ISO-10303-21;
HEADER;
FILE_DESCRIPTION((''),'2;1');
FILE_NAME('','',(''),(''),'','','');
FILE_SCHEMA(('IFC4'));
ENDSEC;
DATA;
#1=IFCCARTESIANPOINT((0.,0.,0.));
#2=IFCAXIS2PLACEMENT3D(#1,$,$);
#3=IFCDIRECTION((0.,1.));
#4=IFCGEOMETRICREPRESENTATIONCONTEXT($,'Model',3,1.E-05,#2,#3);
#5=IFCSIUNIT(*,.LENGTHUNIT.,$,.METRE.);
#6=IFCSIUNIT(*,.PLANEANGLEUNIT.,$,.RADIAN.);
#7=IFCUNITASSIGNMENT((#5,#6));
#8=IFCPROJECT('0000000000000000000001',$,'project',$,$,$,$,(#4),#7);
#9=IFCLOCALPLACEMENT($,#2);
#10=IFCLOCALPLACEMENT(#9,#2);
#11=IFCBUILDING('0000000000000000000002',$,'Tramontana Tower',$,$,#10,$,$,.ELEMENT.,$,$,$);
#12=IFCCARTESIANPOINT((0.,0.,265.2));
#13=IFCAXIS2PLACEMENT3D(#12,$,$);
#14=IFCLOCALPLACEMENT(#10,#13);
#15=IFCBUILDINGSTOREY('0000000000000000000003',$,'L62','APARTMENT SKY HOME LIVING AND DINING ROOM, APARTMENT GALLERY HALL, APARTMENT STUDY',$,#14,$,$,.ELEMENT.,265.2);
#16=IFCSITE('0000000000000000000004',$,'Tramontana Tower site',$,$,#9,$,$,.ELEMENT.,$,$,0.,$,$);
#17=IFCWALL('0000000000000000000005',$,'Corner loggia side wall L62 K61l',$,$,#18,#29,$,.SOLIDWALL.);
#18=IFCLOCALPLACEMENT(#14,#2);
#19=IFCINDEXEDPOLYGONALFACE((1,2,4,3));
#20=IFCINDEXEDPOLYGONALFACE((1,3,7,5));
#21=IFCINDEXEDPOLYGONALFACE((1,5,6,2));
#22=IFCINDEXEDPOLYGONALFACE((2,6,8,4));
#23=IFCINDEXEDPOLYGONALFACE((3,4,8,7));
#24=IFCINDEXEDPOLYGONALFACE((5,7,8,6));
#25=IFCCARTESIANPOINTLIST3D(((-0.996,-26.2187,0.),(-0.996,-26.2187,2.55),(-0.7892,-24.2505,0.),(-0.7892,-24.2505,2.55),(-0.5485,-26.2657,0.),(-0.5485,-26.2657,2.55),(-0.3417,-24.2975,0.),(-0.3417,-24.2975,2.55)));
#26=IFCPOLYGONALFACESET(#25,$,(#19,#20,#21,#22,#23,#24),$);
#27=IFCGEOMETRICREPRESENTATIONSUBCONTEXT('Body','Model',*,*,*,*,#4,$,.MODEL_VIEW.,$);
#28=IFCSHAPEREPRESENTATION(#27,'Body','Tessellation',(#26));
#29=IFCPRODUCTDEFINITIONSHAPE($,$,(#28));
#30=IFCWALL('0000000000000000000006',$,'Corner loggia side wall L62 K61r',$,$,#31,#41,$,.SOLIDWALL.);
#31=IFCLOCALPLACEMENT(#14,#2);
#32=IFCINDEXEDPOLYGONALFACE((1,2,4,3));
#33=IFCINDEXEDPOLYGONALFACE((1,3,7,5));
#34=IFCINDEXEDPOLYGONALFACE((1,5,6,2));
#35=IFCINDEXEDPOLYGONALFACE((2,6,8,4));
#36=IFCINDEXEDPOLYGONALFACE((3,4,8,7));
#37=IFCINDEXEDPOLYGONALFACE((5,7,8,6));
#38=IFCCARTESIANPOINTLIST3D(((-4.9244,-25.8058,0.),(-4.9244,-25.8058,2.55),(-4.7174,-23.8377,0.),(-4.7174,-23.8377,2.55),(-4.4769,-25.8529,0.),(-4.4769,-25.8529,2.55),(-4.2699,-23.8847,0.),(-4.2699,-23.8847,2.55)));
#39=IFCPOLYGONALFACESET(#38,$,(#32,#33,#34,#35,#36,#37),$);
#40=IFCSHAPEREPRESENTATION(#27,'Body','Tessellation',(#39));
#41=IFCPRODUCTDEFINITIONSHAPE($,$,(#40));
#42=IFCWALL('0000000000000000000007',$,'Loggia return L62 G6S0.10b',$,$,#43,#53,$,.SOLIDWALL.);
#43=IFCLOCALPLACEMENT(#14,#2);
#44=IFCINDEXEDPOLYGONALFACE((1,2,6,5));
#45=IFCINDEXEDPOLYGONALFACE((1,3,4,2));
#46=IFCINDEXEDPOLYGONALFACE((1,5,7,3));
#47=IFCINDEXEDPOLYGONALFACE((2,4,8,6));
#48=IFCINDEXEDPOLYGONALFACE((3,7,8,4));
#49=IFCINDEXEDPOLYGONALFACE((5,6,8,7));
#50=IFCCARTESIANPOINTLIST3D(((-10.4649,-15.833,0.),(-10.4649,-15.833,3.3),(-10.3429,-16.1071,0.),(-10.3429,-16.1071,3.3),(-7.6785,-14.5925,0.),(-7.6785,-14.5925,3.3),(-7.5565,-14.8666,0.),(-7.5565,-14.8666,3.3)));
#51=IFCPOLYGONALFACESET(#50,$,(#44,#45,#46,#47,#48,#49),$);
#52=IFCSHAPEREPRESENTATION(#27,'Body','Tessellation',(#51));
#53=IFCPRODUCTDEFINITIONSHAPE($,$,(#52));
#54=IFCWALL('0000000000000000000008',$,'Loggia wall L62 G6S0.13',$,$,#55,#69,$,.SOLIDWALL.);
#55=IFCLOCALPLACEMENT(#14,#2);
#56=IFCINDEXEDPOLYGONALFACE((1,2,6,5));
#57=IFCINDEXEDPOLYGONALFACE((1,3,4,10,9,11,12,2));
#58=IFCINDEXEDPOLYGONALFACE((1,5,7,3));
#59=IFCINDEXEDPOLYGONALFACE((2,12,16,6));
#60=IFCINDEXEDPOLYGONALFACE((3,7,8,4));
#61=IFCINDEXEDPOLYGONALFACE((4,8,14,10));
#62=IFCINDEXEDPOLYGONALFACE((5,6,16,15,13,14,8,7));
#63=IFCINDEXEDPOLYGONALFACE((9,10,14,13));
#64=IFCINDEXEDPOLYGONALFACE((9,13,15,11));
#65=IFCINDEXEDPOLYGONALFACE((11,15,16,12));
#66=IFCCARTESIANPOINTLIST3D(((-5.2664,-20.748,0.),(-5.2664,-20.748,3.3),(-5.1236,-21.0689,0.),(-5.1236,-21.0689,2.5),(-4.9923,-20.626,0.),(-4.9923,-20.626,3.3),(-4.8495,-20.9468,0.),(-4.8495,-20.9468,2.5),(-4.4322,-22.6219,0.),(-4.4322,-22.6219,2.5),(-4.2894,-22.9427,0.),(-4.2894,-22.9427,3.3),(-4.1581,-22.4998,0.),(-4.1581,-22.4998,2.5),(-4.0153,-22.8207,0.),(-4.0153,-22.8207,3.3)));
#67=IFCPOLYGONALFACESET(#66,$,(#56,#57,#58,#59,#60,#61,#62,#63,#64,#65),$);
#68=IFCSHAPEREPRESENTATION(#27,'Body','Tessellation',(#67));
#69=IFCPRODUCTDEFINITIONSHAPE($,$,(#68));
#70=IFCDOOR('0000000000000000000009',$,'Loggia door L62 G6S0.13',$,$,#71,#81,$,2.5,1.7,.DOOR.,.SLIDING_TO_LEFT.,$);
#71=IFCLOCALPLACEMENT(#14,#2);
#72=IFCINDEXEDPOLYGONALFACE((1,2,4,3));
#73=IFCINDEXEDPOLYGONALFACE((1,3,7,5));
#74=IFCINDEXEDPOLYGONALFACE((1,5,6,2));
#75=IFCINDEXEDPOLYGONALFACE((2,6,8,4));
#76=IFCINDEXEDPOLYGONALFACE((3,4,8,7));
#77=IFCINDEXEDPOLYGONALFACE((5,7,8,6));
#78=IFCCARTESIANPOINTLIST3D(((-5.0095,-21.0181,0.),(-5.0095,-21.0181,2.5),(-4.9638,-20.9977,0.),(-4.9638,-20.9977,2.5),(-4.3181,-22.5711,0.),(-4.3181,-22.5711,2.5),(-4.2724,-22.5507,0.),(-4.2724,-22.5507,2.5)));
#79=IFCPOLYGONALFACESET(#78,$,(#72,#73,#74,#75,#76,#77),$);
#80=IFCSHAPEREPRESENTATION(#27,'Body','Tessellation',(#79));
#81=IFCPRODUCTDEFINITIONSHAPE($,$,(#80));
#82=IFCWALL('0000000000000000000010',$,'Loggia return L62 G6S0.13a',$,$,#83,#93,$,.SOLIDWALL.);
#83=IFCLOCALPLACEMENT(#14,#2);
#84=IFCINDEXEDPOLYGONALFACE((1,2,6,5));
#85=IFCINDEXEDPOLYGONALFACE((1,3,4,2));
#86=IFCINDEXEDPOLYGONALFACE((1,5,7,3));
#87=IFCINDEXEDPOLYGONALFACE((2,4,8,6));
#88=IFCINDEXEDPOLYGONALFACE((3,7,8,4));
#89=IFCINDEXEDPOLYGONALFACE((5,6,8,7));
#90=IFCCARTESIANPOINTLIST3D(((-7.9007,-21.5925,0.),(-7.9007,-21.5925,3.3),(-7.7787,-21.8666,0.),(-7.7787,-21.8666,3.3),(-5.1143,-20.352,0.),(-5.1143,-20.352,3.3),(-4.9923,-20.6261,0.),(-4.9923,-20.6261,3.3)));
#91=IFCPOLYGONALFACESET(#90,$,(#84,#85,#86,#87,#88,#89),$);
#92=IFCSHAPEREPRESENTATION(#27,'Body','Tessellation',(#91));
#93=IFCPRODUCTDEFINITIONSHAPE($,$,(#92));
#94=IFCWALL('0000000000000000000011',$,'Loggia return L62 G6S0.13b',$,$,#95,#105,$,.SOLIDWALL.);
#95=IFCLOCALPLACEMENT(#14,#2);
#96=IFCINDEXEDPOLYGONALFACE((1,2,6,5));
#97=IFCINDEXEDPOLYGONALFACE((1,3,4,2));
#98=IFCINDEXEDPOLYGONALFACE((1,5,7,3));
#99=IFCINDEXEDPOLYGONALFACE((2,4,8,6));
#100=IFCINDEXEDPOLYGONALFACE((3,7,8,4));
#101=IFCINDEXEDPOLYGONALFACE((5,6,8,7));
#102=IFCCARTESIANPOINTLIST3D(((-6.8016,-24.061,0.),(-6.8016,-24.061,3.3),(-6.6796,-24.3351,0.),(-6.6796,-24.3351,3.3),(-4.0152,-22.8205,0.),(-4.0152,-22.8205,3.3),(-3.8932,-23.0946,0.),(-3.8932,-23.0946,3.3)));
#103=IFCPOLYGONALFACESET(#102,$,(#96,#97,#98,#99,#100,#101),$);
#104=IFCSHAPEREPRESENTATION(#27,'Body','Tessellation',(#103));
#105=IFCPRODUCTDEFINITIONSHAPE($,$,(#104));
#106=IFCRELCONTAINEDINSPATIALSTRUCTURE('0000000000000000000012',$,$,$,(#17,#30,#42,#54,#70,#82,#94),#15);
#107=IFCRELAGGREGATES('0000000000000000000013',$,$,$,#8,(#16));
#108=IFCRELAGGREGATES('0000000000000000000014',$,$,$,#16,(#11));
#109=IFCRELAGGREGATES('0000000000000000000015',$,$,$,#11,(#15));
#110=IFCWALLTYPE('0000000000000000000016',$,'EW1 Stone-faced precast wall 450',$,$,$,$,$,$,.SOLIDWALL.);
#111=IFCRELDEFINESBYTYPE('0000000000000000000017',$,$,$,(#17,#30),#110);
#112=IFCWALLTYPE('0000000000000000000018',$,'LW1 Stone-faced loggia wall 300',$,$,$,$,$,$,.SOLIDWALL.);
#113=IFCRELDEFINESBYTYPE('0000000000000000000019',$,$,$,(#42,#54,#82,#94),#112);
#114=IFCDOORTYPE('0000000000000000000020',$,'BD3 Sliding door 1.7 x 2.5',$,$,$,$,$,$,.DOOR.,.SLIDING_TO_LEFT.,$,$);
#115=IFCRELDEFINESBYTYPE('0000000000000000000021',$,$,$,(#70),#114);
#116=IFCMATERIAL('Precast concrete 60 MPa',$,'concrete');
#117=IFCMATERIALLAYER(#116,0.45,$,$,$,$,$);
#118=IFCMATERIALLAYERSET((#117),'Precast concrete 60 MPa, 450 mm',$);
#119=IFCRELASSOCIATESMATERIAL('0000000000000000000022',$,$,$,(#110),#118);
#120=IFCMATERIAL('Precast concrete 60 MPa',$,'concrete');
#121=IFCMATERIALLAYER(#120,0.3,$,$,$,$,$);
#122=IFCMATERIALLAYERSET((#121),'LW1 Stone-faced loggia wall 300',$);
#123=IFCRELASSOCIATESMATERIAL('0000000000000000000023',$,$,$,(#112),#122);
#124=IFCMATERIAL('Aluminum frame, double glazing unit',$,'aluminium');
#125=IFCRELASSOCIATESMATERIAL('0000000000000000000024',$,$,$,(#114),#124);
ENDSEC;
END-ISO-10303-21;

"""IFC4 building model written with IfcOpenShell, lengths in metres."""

from ifc_helpers import new_model, si_unit, direction, frame, frame_2d, origin, place, context, subcontext, project, spatial, rectangle, extrude, material, layer, layer_set, type_object, element, fill, save


model = new_model("IFC4")

# Units and contexts
model_context = context("Model", 3, precision=1e-05, world=origin(), true_north=direction((0.0, 1.0)))
body_context = subcontext(model_context, "Body", "Model", "MODEL_VIEW")
ifc_project = project(units=[si_unit("LENGTHUNIT", "METRE"), si_unit("PLANEANGLEUNIT", "RADIAN")], contexts=[model_context])

# Site, building, storey
site_placement = place(None, origin())
site = spatial("IfcSite", under=ifc_project, at=site_placement, Name="Tramontana Tower site", CompositionType="ELEMENT", RefElevation=0.0)
building_placement = place(site_placement, origin())
building = spatial("IfcBuilding", under=site, at=building_placement, Name="Tramontana Tower", CompositionType="ELEMENT")
storey_placement = place(building_placement, frame((0.0, 0.0, 265.2)))
storey = spatial("IfcBuildingStorey", under=building, at=storey_placement, Name="L62", Description="APARTMENT SKY HOME LIVING AND DINING ROOM, APARTMENT GALLERY HALL, APARTMENT STUDY", CompositionType="ELEMENT", Elevation=265.2)

# Shared definitions
ifc_material_1 = material(Name="Precast concrete 60 MPa", Category="concrete")
ifc_layer_1 = layer(ifc_material_1, 0.45)
ifc_layer_set_1 = layer_set([ifc_layer_1], Name="Precast concrete 60 MPa, 450 mm")
wall_type_1 = type_object("IfcWallType", Name="EW1 Stone-faced precast wall 450", PredefinedType="SOLIDWALL", material=ifc_layer_set_1)

# Walls
for number, where, z_axis, x_axis, name in (
    (1, (-0.7722, -26.2422, 0.0), (0.0, 0.0, 1.0), (0.104486, 0.994526, 0.0), "Corner loggia side wall L62 K61l"),
    (2, (-4.7007, -25.8293, 0.0), (0.0, 0.0, 1.0), (0.104608, 0.994514, 0.0), "Corner loggia side wall L62 K61r"),
):
    element("IfcWall", number, at=place(storey_placement, frame(where, z_axis=z_axis, x_axis=x_axis)), inside=storey, type_object=wall_type_1, Name=name, PredefinedType="SOLIDWALL", context=body_context, shape_type="SweptSolid", body=[
        extrude(rectangle(XDim=1.979, YDim=0.45, at=frame_2d((0.9895, 0.0))), origin(), (0.0, 0.0, 1.0), 2.55),
    ])

# Wall
ifc_material_2 = material(Name="Precast concrete 60 MPa", Category="concrete")
ifc_layer_2 = layer(ifc_material_2, 0.3)
ifc_layer_set_2 = layer_set([ifc_layer_2], Name="LW1 Stone-faced loggia wall 300")
wall_type_2 = type_object("IfcWallType", Name="LW1 Stone-faced loggia wall 300", PredefinedType="SOLIDWALL", material=ifc_layer_set_2)
wall_1_placement = place(storey_placement, frame((-10.4038, -15.97, 0.0), z_axis=(0.0, 0.0, 1.0), x_axis=(0.913557, 0.40671, 0.0)))
element("IfcWall", 3, at=wall_1_placement, inside=storey, type_object=wall_type_2, Name="Loggia return L62 G6S0.10b", PredefinedType="SOLIDWALL", context=body_context, shape_type="SweptSolid", body=[
    extrude(rectangle(XDim=3.05, YDim=0.3, at=frame_2d((1.5249, 0.0))), origin(), (0.0, 0.0, 1.0), 3.3),
])

# Wall, opening, door
wall_2_placement = place(storey_placement, frame((-5.1294, -20.687, 0.0), z_axis=(0.0, 0.0, 1.0), x_axis=(0.406723, -0.913552, 0.0)))
wall_2 = element("IfcWall", 4, at=wall_2_placement, inside=storey, type_object=wall_type_2, Name="Loggia wall L62 G6S0.13", PredefinedType="SOLIDWALL", context=body_context, shape_type="SweptSolid", body=[
    extrude(rectangle(XDim=2.4023, YDim=0.3, at=frame_2d((1.2012, 0.0))), origin(), (0.0, 0.0, 1.0), 3.3),
])
opening_1_placement = place(wall_2_placement, frame((0.3511, 0.0, 0.0)))
opening_1 = element("IfcOpeningElement", 5, at=opening_1_placement, cuts=wall_2, PredefinedType="OPENING", context=body_context, shape_type="SweptSolid", body=[
    extrude(rectangle(XDim=1.7, YDim=2.5, at=frame_2d((0.8501, 1.25))), frame((0.0, 0.1599, 0.0), z_axis=(0.0, -1.0, 0.0), x_axis=(1.0, 0.0, 0.0)), (0.0, 0.0, 1.0), 0.3201),
])
ifc_material_3 = material(Name="Aluminum frame, double glazing unit", Category="aluminium")
door_type_1 = type_object("IfcDoorType", Name="BD3 Sliding door 1.7 x 2.5", OperationType="SLIDING_TO_LEFT", PredefinedType="DOOR", material=ifc_material_3)
door_1_placement = place(opening_1_placement, origin())
door_1 = element("IfcDoor", 6, at=door_1_placement, inside=storey, type_object=door_type_1, Name="Loggia door L62 G6S0.13", OperationType="SLIDING_TO_LEFT", OverallHeight=2.5, OverallWidth=1.7, PredefinedType="DOOR", context=body_context, shape_type="SweptSolid", body=[
    extrude(rectangle(XDim=1.7, YDim=2.5, at=frame_2d((0.8501, 1.25))), frame((0.0, 0.0249, 0.0), z_axis=(0.0, -1.0, 0.0), x_axis=(1.0, 0.0, 0.0)), (0.0, 0.0, 1.0), 0.05),
])
fill(opening_1, door_1)

# Walls
for number, where, z_axis, x_axis, name in (
    (7, (-7.8396, -21.7295, 0.0), (0.0, 0.0, 1.0), (0.913557, 0.40671, 0.0), "Loggia return L62 G6S0.13a"),
    (8, (-6.7405, -24.198, 0.0), (0.0, 0.0, 1.0), (0.913557, 0.40671, 0.0), "Loggia return L62 G6S0.13b"),
):
    element("IfcWall", number, at=place(storey_placement, frame(where, z_axis=z_axis, x_axis=x_axis)), inside=storey, type_object=wall_type_2, Name=name, PredefinedType="SOLIDWALL", context=body_context, shape_type="SweptSolid", body=[
        extrude(rectangle(XDim=3.05, YDim=0.3, at=frame_2d((1.5249, 0.0))), origin(), (0.0, 0.0, 1.0), 3.3),
    ])

save(model, "model.ifc")
